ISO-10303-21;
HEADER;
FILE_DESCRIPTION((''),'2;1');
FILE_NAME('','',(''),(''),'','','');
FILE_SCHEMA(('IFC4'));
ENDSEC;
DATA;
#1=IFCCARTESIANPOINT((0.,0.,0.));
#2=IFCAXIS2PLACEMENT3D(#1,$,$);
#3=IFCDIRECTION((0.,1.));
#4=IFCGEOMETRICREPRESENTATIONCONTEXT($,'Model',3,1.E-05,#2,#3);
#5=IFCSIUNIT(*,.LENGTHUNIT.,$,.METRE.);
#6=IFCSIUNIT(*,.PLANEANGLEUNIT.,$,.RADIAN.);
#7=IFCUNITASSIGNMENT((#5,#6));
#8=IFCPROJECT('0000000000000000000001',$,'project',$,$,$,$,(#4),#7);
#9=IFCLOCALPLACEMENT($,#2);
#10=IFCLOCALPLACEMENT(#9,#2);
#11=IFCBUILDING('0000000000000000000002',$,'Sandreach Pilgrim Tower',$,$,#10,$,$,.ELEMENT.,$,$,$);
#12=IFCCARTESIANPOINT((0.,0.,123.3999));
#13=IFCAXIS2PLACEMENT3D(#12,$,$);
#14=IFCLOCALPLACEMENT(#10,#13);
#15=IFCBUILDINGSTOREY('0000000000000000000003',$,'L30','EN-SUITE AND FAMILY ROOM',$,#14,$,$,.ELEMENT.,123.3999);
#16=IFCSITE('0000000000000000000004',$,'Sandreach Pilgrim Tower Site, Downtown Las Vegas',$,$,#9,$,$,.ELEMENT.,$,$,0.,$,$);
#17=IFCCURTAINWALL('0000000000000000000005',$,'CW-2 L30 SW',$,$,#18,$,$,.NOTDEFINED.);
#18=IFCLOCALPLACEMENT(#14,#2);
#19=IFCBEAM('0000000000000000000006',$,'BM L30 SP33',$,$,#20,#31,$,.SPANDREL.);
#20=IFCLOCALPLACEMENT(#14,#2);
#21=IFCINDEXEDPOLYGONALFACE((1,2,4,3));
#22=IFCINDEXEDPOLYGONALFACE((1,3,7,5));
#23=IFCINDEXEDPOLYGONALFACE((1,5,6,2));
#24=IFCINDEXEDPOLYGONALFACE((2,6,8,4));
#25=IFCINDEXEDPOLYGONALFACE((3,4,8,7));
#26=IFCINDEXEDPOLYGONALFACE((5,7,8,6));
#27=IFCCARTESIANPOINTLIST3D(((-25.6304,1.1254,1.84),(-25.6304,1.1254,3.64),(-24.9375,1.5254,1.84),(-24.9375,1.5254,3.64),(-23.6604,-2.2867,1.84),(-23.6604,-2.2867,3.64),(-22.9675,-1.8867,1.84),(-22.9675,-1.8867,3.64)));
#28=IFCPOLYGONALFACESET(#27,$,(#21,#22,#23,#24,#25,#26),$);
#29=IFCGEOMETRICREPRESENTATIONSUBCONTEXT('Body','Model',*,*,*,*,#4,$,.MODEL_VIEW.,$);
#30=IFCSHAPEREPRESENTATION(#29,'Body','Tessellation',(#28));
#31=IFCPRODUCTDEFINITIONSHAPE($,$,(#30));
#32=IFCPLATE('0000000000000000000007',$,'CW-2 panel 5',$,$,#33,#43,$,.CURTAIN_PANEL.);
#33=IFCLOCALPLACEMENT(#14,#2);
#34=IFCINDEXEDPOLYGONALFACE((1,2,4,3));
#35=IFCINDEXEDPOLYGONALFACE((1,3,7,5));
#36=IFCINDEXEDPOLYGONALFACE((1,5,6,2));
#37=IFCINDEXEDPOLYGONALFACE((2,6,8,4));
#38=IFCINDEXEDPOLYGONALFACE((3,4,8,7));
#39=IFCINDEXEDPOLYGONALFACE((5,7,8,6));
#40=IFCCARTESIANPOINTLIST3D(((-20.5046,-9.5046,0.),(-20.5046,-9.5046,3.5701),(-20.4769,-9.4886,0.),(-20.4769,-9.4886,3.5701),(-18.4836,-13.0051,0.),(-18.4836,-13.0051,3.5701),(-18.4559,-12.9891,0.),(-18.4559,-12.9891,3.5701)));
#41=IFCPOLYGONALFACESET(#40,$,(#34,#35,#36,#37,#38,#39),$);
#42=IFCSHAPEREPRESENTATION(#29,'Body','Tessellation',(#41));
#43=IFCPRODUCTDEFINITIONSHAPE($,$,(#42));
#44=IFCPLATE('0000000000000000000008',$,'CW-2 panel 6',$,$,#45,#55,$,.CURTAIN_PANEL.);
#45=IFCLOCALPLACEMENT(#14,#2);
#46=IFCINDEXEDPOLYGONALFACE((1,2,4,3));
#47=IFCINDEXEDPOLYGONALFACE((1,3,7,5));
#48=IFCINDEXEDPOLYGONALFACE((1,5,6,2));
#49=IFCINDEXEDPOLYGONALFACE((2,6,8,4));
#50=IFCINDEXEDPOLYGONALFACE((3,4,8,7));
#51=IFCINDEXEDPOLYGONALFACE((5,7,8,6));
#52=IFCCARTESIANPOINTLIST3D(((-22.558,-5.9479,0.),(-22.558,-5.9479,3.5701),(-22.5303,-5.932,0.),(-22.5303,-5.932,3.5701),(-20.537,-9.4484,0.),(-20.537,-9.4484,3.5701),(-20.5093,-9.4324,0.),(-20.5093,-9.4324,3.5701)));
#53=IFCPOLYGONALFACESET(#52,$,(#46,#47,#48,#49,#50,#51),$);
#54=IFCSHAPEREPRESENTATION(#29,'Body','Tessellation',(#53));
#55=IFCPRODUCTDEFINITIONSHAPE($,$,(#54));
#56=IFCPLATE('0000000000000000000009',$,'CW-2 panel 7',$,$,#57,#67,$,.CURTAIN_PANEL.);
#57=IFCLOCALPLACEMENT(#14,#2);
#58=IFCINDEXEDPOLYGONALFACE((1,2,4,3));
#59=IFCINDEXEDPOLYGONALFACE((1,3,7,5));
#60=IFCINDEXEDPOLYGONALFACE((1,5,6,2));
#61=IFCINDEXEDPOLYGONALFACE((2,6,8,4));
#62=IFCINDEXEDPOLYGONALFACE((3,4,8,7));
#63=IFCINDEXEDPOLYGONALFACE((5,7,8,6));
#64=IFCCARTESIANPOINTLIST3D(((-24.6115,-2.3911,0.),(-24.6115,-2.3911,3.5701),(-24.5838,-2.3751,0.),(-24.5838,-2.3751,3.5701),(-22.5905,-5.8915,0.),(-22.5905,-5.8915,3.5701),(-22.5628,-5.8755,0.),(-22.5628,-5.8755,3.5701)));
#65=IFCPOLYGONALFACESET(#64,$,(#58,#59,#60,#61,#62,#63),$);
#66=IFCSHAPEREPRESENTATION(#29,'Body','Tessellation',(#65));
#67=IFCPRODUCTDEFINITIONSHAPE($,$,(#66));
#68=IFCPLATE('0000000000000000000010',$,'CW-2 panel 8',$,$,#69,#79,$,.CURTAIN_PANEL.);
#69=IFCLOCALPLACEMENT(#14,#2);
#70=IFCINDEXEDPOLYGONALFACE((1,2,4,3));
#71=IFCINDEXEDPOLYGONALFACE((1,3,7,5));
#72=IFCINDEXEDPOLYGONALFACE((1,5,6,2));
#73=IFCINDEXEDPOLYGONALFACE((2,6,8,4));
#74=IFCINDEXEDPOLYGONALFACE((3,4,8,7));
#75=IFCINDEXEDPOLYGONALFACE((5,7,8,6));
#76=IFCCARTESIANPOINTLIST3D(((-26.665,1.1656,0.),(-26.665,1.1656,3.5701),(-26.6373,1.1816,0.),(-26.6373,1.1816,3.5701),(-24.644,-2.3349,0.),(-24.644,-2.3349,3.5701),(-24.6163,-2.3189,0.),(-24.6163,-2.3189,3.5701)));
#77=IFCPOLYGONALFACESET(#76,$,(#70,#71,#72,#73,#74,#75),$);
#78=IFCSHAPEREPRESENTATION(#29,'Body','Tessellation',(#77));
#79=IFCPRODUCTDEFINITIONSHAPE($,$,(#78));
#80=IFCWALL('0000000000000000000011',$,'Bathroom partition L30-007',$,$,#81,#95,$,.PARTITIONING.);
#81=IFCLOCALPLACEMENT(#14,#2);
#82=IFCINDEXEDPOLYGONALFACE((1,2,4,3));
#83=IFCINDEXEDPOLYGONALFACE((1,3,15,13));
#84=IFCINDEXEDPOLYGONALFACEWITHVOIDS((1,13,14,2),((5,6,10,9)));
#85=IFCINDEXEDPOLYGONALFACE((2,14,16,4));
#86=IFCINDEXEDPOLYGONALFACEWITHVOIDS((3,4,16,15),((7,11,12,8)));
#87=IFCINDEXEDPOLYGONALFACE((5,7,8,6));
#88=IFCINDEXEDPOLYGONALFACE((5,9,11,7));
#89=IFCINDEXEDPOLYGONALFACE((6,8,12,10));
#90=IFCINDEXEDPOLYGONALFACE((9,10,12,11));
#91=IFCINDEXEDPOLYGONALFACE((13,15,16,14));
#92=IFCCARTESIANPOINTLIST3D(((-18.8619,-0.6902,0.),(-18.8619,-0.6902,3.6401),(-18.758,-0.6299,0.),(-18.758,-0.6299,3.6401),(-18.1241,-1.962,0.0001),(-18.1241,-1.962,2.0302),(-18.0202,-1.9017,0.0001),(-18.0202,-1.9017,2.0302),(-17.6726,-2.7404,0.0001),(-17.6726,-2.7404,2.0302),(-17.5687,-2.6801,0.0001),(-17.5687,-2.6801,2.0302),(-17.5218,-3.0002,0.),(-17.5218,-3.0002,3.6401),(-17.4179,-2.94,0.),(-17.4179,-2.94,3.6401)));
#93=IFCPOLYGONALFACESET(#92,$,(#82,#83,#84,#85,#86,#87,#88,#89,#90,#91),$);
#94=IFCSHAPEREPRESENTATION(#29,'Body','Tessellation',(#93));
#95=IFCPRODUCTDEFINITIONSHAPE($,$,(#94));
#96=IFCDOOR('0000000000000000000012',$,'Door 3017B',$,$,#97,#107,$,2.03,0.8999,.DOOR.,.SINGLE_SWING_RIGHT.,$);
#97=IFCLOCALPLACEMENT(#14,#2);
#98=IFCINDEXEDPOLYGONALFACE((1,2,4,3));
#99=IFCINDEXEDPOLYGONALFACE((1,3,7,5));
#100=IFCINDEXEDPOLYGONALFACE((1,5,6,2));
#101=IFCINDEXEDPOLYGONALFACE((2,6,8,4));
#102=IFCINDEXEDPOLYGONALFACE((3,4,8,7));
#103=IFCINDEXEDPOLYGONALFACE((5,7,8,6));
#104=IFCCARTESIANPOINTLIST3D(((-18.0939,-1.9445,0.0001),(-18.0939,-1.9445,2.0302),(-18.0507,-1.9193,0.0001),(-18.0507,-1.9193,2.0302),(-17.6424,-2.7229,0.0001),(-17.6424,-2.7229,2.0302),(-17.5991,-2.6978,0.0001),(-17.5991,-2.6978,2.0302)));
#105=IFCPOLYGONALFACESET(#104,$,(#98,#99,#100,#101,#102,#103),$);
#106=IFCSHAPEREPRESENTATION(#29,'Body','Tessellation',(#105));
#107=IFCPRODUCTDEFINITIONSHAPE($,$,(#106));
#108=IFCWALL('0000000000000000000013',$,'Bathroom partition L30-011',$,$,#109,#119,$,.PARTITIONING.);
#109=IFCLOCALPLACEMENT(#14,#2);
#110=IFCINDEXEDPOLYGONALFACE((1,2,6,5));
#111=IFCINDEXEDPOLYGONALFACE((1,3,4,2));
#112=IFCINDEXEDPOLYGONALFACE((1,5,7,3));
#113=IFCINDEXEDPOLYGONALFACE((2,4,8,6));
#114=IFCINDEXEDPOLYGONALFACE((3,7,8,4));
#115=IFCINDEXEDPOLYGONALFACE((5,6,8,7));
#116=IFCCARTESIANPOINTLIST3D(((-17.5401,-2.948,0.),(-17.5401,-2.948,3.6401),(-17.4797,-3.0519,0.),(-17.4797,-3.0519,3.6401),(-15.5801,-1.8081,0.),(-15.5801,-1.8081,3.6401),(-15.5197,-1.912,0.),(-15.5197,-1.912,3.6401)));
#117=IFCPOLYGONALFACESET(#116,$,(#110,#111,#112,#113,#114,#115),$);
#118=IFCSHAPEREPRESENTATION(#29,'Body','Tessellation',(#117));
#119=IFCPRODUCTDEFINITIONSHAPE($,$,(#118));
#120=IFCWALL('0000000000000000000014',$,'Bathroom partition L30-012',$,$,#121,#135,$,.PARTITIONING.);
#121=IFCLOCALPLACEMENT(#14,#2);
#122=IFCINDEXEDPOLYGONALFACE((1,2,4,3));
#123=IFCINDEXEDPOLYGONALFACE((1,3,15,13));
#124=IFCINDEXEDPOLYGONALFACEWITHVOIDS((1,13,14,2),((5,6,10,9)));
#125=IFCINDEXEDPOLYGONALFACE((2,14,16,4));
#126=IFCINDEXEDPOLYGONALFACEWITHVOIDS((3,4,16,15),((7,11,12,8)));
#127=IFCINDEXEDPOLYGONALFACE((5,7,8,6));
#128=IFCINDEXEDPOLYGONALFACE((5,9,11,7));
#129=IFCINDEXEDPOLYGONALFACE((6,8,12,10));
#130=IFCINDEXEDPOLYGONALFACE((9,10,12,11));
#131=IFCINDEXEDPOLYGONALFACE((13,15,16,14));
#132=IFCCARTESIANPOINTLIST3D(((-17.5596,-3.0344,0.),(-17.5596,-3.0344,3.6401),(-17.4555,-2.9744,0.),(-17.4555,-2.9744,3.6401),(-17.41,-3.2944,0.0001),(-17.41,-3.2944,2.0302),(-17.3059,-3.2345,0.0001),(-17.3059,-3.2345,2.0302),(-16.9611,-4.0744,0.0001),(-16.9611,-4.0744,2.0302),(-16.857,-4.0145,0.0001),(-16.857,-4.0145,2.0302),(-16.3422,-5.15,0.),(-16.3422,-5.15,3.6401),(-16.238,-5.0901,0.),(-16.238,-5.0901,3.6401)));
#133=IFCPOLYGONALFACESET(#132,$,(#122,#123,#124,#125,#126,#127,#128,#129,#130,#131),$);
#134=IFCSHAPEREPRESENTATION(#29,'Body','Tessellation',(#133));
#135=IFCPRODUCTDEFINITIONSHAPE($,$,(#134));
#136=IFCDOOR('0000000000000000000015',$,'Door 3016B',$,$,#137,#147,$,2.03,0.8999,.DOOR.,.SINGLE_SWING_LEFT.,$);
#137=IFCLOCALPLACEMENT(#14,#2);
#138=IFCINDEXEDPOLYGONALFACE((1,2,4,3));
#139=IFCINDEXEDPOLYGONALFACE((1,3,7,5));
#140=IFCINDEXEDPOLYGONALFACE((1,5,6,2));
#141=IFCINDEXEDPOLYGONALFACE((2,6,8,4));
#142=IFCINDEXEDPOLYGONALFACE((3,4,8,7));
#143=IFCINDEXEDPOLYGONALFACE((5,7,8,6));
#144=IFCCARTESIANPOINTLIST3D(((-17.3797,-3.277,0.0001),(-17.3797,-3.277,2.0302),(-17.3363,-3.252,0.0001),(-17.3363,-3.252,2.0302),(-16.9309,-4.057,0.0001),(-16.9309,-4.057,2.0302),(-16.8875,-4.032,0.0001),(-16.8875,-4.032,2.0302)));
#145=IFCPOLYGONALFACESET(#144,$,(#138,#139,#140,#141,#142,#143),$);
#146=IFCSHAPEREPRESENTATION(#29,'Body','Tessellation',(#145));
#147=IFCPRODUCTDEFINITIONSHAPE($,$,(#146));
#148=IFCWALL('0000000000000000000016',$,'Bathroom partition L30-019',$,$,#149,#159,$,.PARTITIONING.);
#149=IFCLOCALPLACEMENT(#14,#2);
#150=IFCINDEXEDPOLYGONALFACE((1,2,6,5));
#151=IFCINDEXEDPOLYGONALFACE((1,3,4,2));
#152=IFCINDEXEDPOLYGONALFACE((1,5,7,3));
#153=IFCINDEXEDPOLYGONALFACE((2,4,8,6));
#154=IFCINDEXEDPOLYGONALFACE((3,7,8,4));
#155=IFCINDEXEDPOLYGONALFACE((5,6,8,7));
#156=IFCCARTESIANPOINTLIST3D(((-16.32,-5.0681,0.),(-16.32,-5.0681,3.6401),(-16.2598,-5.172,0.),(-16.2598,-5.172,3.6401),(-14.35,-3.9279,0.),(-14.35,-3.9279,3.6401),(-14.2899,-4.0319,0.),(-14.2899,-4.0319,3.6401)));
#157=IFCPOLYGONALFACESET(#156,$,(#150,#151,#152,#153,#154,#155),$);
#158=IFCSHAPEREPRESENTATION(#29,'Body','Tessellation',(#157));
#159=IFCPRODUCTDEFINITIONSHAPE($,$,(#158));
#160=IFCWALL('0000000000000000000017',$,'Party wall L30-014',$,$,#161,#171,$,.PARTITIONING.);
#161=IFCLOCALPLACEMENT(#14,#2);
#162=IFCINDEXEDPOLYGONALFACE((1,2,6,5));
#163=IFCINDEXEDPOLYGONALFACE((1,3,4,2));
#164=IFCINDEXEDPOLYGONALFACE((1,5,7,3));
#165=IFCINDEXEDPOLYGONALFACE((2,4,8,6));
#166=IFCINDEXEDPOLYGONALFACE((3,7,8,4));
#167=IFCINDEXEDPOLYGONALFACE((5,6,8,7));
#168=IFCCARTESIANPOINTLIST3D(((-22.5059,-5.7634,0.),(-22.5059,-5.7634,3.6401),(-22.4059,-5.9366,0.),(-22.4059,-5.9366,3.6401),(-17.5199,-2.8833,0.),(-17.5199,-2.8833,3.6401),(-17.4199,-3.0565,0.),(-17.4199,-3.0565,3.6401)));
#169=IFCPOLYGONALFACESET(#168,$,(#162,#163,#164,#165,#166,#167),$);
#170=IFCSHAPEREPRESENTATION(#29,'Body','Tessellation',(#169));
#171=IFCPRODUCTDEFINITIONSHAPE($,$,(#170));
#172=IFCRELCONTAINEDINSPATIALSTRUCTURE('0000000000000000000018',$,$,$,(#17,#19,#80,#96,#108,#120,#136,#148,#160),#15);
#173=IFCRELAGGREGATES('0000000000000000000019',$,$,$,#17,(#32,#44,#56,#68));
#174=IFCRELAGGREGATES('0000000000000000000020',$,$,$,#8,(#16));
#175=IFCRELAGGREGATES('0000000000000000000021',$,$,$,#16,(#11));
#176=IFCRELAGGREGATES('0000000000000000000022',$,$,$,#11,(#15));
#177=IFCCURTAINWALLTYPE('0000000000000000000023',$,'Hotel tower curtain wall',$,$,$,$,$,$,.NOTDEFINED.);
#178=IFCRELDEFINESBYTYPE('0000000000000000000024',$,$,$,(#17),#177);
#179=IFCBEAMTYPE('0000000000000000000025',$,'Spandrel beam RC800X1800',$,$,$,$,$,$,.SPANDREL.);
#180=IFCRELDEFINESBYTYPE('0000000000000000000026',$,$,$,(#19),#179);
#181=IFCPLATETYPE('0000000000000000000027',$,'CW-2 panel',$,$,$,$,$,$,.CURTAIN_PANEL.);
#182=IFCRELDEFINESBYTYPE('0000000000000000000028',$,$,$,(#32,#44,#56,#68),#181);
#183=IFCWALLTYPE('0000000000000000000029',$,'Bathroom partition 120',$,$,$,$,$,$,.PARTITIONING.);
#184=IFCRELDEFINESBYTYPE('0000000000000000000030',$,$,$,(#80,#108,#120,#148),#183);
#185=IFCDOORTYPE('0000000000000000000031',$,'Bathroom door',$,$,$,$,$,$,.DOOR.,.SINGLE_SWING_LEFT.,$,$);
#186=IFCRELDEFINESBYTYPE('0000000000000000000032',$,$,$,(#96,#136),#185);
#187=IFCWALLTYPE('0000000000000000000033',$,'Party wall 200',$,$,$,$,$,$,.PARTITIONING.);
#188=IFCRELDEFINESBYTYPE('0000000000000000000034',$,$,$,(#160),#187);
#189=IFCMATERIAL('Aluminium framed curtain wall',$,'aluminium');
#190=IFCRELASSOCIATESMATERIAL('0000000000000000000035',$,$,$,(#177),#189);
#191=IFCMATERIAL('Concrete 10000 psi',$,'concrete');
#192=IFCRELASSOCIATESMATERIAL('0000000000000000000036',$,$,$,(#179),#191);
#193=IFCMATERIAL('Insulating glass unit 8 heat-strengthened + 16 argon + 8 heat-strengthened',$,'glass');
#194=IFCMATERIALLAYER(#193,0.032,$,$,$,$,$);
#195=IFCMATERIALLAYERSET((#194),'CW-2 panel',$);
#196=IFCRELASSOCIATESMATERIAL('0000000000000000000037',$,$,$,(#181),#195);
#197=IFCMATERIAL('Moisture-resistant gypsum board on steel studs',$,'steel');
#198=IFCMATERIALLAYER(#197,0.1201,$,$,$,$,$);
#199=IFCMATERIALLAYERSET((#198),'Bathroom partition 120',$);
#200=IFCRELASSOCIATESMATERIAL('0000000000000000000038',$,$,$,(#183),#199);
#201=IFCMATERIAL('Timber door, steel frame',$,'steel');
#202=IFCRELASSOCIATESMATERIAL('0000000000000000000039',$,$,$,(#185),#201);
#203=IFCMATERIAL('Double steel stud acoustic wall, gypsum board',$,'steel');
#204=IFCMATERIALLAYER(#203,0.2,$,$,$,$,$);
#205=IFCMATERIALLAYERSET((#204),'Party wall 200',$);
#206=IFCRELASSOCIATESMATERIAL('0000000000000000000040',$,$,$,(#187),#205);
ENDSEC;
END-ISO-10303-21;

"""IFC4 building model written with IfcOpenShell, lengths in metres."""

from ifc_helpers import new_model, si_unit, direction, frame, frame_2d, origin, origin_2d, place, context, subcontext, project, spatial, rectangle, extrude, material, layer, layer_set, material_profile, profile_set, type_object, element, fill, aggregate, save


model = new_model("IFC4")

# Units and contexts
model_context = context("Model", 3, precision=1e-05, world=origin(), true_north=direction((0.0, 1.0)))
body_context = subcontext(model_context, "Body", "Model", "MODEL_VIEW")
ifc_project = project(units=[si_unit("LENGTHUNIT", "METRE"), si_unit("PLANEANGLEUNIT", "RADIAN")], contexts=[model_context])

# Site, building, storey
site_placement = place(None, origin())
site = spatial("IfcSite", under=ifc_project, at=site_placement, Name="Sandreach Pilgrim Tower Site, Downtown Las Vegas", CompositionType="ELEMENT", RefElevation=0.0)
building_placement = place(site_placement, origin())
building = spatial("IfcBuilding", under=site, at=building_placement, Name="Sandreach Pilgrim Tower", CompositionType="ELEMENT")
storey_placement = place(building_placement, frame((0.0, 0.0, 123.3999)))
storey = spatial("IfcBuildingStorey", under=building, at=storey_placement, Name="L30", Description="EN-SUITE AND FAMILY ROOM", CompositionType="ELEMENT", Elevation=123.3999)

# Curtain wall
ifc_material_1 = material(Name="Aluminium framed curtain wall", Category="aluminium")
curtain_wall_type = type_object("IfcCurtainWallType", Name="Hotel tower curtain wall", PredefinedType="NOTDEFINED", material=ifc_material_1)
curtain_wall_placement = place(storey_placement, origin())
curtain_wall = element("IfcCurtainWall", 1, at=curtain_wall_placement, inside=storey, type_object=curtain_wall_type, Name="CW-2 L30 SW", PredefinedType="NOTDEFINED")

# Beam
ifc_material_2 = material(Name="Concrete 10000 psi", Category="concrete")
ifc_material_profile_1 = material_profile(ifc_material_2, rectangle(XDim=0.8, YDim=1.8, at=origin_2d()), Name="RC800X1800")
ifc_profile_set_1 = profile_set([ifc_material_profile_1], Name="Concrete 10000 psi")
beam_type_1 = type_object("IfcBeamType", Name="Spandrel beam RC800X1800", PredefinedType="SPANDREL", material=ifc_profile_set_1)
for number, where, z_axis, x_axis, name in (
    (2, (-23.314, -2.0867, 2.74), (-0.499998, 0.866027, 0.0), (-0.866027, -0.499998, 0.0), "BM L30 SP33"),
):
    element("IfcBeam", number, at=place(storey_placement, frame(where, z_axis=z_axis, x_axis=x_axis)), inside=storey, type_object=beam_type_1, Name=name, PredefinedType="SPANDREL", context=body_context, shape_type="SweptSolid", body=[
        extrude(rectangle(XDim=0.8, YDim=1.8, at=origin_2d()), origin(), (0.0, 0.0, 1.0), 3.9399),
    ])

# Plates
ifc_material_3 = material(Name="Insulating glass unit 8 heat-strengthened + 16 argon + 8 heat-strengthened", Category="glass")
ifc_layer_1 = layer(ifc_material_3, 0.032)
ifc_layer_set_1 = layer_set([ifc_layer_1], Name="CW-2 panel")
plate_type = type_object("IfcPlateType", Name="CW-2 panel", PredefinedType="CURTAIN_PANEL", material=ifc_layer_set_1)
plate_1_placement = place(storey_placement, frame((-19.4802, -11.2468, 0.0), z_axis=(0.0, 0.0, 1.0), x_axis=(-0.5, 0.866025, 0.0)))
plate_1 = element("IfcPlate", 3, at=plate_1_placement, type_object=plate_type, Name="CW-2 panel 5", PredefinedType="CURTAIN_PANEL", context=body_context, shape_type="SweptSolid", body=[
    extrude(rectangle(XDim=4.042, YDim=0.032, at=origin_2d()), origin(), (0.0, 0.0, 1.0), 3.5701),
])
plate_2_placement = place(storey_placement, frame((-21.5337, -7.6902, 0.0), z_axis=(0.0, 0.0, 1.0), x_axis=(-0.5, 0.866025, 0.0)))
plate_2 = element("IfcPlate", 4, at=plate_2_placement, type_object=plate_type, Name="CW-2 panel 6", PredefinedType="CURTAIN_PANEL", context=body_context, shape_type="SweptSolid", body=[
    extrude(rectangle(XDim=4.042, YDim=0.032, at=origin_2d()), origin(), (0.0, 0.0, 1.0), 3.5701),
])
plate_3_placement = place(storey_placement, frame((-23.5872, -4.1333, 0.0), z_axis=(0.0, 0.0, 1.0), x_axis=(-0.5, 0.866025, 0.0)))
plate_3 = element("IfcPlate", 5, at=plate_3_placement, type_object=plate_type, Name="CW-2 panel 7", PredefinedType="CURTAIN_PANEL", context=body_context, shape_type="SweptSolid", body=[
    extrude(rectangle(XDim=4.042, YDim=0.032, at=origin_2d()), origin(), (0.0, 0.0, 1.0), 3.5701),
])
plate_4_placement = place(storey_placement, frame((-25.6406, -0.5767, 0.0), z_axis=(0.0, 0.0, 1.0), x_axis=(-0.5, 0.866025, 0.0)))
plate_4 = element("IfcPlate", 6, at=plate_4_placement, type_object=plate_type, Name="CW-2 panel 8", PredefinedType="CURTAIN_PANEL", context=body_context, shape_type="SweptSolid", body=[
    extrude(rectangle(XDim=4.042, YDim=0.032, at=origin_2d()), origin(), (0.0, 0.0, 1.0), 3.5701),
])
aggregate(curtain_wall, [plate_1, plate_2, plate_3, plate_4])

# Wall, opening, door
ifc_material_4 = material(Name="Moisture-resistant gypsum board on steel studs", Category="steel")
ifc_layer_2 = layer(ifc_material_4, 0.1201)
ifc_layer_set_2 = layer_set([ifc_layer_2], Name="Bathroom partition 120")
wall_type_1 = type_object("IfcWallType", Name="Bathroom partition 120", PredefinedType="PARTITIONING", material=ifc_layer_set_2)
wall_1_placement = place(storey_placement, frame((-18.8101, -0.6599, 0.0), z_axis=(0.0, 0.0, 1.0), x_axis=(0.501789, -0.86499, 0.0)))
wall_1 = element("IfcWall", 7, at=wall_1_placement, inside=storey, type_object=wall_type_1, Name="Bathroom partition L30-007", PredefinedType="PARTITIONING", context=body_context, shape_type="SweptSolid", body=[
    extrude(rectangle(XDim=2.6707, YDim=0.1201, at=frame_2d((1.3354, 0.0))), origin(), (0.0, 0.0, 1.0), 3.6401),
])
opening_1_placement = place(wall_1_placement, frame((1.4705, 0.0, 0.0)))
opening_1 = element("IfcOpeningElement", 8, at=opening_1_placement, cuts=wall_1, PredefinedType="OPENING", context=body_context, shape_type="SweptSolid", body=[
    extrude(rectangle(XDim=0.8999, YDim=2.03, at=frame_2d((0.45, 1.0151))), frame((0.0, 0.0601, 0.0), z_axis=(0.0, -1.0, 0.0), x_axis=(1.0, 0.0, 0.0)), (0.0, 0.0, 1.0), 0.1201),
])
ifc_material_5 = material(Name="Timber door, steel frame", Category="steel")
door_type = type_object("IfcDoorType", Name="Bathroom door", OperationType="SINGLE_SWING_LEFT", PredefinedType="DOOR", material=ifc_material_5)
door_1_placement = place(opening_1_placement, origin())
door_1 = element("IfcDoor", 9, at=door_1_placement, inside=storey, type_object=door_type, Name="Door 3017B", OperationType="SINGLE_SWING_RIGHT", OverallHeight=2.03, OverallWidth=0.8999, PredefinedType="DOOR", context=body_context, shape_type="SweptSolid", body=[
    extrude(rectangle(XDim=0.8999, YDim=2.03, at=frame_2d((0.45, 1.0151))), frame((0.0, 0.0249, 0.0), z_axis=(0.0, -1.0, 0.0), x_axis=(1.0, 0.0, 0.0)), (0.0, 0.0, 1.0), 0.05),
])
fill(opening_1, door_1)

# Wall
wall_2_placement = place(storey_placement, frame((-17.51, -3.0, 0.0), z_axis=(0.0, 0.0, 1.0), x_axis=(0.864434, 0.502746, 0.0)))
element("IfcWall", 10, at=wall_2_placement, inside=storey, type_object=wall_type_1, Name="Bathroom partition L30-011", PredefinedType="PARTITIONING", context=body_context, shape_type="SweptSolid", body=[
    extrude(rectangle(XDim=2.2673, YDim=0.1201, at=frame_2d((1.1338, 0.0))), origin(), (0.0, 0.0, 1.0), 3.6401),
])

# Wall, opening, door
wall_3_placement = place(storey_placement, frame((-17.5076, -3.0044, 0.0), z_axis=(0.0, 0.0, 1.0), x_axis=(0.498776, -0.866731, 0.0)))
wall_3 = element("IfcWall", 11, at=wall_3_placement, inside=storey, type_object=wall_type_1, Name="Bathroom partition L30-012", PredefinedType="PARTITIONING", context=body_context, shape_type="SweptSolid", body=[
    extrude(rectangle(XDim=2.4409, YDim=0.1201, at=frame_2d((1.2205, 0.0))), origin(), (0.0, 0.0, 1.0), 3.6401),
])
opening_2_placement = place(wall_3_placement, frame((0.3, 0.0, 0.0)))
opening_2 = element("IfcOpeningElement", 12, at=opening_2_placement, cuts=wall_3, PredefinedType="OPENING", context=body_context, shape_type="SweptSolid", body=[
    extrude(rectangle(XDim=0.8999, YDim=2.03, at=frame_2d((0.45, 1.0151))), frame((0.0, 0.0601, 0.0), z_axis=(0.0, -1.0, 0.0), x_axis=(1.0, 0.0, 0.0)), (0.0, 0.0, 1.0), 0.1201),
])
door_2_placement = place(opening_2_placement, origin())
door_2 = element("IfcDoor", 13, at=door_2_placement, inside=storey, type_object=door_type, Name="Door 3016B", OperationType="SINGLE_SWING_LEFT", OverallHeight=2.03, OverallWidth=0.8999, PredefinedType="DOOR", context=body_context, shape_type="SweptSolid", body=[
    extrude(rectangle(XDim=0.8999, YDim=2.03, at=frame_2d((0.45, 1.0151))), frame((0.0, 0.0249, 0.0), z_axis=(0.0, -1.0, 0.0), x_axis=(1.0, 0.0, 0.0)), (0.0, 0.0, 1.0), 0.05),
])
fill(opening_2, door_2)

# Walls
wall_4_placement = place(storey_placement, frame((-16.29, -5.1201, 0.0), z_axis=(0.0, 0.0, 1.0), x_axis=(0.865497, 0.500914, 0.0)))
element("IfcWall", 14, at=wall_4_placement, inside=storey, type_object=wall_type_1, Name="Bathroom partition L30-019", PredefinedType="PARTITIONING", context=body_context, shape_type="SweptSolid", body=[
    extrude(rectangle(XDim=2.2761, YDim=0.1201, at=frame_2d((1.1382, 0.0))), origin(), (0.0, 0.0, 1.0), 3.6401),
])
ifc_material_6 = material(Name="Double steel stud acoustic wall, gypsum board", Category="steel")
ifc_layer_3 = layer(ifc_material_6, 0.2)
ifc_layer_set_3 = layer_set([ifc_layer_3], Name="Party wall 200")
wall_type_2 = type_object("IfcWallType", Name="Party wall 200", PredefinedType="PARTITIONING", material=ifc_layer_set_3)
wall_5_placement = place(storey_placement, frame((-17.47, -2.97, 0.0), z_axis=(0.0, 0.0, 1.0), x_axis=(-0.865919, -0.500184, 0.0)))
element("IfcWall", 15, at=wall_5_placement, inside=storey, type_object=wall_type_2, Name="Party wall L30-014", PredefinedType="PARTITIONING", context=body_context, shape_type="SweptSolid", body=[
    extrude(rectangle(XDim=5.7581, YDim=0.2, at=frame_2d((2.8789, 0.0))), origin(), (0.0, 0.0, 1.0), 3.6401),
])

save(model, "model.ifc")
